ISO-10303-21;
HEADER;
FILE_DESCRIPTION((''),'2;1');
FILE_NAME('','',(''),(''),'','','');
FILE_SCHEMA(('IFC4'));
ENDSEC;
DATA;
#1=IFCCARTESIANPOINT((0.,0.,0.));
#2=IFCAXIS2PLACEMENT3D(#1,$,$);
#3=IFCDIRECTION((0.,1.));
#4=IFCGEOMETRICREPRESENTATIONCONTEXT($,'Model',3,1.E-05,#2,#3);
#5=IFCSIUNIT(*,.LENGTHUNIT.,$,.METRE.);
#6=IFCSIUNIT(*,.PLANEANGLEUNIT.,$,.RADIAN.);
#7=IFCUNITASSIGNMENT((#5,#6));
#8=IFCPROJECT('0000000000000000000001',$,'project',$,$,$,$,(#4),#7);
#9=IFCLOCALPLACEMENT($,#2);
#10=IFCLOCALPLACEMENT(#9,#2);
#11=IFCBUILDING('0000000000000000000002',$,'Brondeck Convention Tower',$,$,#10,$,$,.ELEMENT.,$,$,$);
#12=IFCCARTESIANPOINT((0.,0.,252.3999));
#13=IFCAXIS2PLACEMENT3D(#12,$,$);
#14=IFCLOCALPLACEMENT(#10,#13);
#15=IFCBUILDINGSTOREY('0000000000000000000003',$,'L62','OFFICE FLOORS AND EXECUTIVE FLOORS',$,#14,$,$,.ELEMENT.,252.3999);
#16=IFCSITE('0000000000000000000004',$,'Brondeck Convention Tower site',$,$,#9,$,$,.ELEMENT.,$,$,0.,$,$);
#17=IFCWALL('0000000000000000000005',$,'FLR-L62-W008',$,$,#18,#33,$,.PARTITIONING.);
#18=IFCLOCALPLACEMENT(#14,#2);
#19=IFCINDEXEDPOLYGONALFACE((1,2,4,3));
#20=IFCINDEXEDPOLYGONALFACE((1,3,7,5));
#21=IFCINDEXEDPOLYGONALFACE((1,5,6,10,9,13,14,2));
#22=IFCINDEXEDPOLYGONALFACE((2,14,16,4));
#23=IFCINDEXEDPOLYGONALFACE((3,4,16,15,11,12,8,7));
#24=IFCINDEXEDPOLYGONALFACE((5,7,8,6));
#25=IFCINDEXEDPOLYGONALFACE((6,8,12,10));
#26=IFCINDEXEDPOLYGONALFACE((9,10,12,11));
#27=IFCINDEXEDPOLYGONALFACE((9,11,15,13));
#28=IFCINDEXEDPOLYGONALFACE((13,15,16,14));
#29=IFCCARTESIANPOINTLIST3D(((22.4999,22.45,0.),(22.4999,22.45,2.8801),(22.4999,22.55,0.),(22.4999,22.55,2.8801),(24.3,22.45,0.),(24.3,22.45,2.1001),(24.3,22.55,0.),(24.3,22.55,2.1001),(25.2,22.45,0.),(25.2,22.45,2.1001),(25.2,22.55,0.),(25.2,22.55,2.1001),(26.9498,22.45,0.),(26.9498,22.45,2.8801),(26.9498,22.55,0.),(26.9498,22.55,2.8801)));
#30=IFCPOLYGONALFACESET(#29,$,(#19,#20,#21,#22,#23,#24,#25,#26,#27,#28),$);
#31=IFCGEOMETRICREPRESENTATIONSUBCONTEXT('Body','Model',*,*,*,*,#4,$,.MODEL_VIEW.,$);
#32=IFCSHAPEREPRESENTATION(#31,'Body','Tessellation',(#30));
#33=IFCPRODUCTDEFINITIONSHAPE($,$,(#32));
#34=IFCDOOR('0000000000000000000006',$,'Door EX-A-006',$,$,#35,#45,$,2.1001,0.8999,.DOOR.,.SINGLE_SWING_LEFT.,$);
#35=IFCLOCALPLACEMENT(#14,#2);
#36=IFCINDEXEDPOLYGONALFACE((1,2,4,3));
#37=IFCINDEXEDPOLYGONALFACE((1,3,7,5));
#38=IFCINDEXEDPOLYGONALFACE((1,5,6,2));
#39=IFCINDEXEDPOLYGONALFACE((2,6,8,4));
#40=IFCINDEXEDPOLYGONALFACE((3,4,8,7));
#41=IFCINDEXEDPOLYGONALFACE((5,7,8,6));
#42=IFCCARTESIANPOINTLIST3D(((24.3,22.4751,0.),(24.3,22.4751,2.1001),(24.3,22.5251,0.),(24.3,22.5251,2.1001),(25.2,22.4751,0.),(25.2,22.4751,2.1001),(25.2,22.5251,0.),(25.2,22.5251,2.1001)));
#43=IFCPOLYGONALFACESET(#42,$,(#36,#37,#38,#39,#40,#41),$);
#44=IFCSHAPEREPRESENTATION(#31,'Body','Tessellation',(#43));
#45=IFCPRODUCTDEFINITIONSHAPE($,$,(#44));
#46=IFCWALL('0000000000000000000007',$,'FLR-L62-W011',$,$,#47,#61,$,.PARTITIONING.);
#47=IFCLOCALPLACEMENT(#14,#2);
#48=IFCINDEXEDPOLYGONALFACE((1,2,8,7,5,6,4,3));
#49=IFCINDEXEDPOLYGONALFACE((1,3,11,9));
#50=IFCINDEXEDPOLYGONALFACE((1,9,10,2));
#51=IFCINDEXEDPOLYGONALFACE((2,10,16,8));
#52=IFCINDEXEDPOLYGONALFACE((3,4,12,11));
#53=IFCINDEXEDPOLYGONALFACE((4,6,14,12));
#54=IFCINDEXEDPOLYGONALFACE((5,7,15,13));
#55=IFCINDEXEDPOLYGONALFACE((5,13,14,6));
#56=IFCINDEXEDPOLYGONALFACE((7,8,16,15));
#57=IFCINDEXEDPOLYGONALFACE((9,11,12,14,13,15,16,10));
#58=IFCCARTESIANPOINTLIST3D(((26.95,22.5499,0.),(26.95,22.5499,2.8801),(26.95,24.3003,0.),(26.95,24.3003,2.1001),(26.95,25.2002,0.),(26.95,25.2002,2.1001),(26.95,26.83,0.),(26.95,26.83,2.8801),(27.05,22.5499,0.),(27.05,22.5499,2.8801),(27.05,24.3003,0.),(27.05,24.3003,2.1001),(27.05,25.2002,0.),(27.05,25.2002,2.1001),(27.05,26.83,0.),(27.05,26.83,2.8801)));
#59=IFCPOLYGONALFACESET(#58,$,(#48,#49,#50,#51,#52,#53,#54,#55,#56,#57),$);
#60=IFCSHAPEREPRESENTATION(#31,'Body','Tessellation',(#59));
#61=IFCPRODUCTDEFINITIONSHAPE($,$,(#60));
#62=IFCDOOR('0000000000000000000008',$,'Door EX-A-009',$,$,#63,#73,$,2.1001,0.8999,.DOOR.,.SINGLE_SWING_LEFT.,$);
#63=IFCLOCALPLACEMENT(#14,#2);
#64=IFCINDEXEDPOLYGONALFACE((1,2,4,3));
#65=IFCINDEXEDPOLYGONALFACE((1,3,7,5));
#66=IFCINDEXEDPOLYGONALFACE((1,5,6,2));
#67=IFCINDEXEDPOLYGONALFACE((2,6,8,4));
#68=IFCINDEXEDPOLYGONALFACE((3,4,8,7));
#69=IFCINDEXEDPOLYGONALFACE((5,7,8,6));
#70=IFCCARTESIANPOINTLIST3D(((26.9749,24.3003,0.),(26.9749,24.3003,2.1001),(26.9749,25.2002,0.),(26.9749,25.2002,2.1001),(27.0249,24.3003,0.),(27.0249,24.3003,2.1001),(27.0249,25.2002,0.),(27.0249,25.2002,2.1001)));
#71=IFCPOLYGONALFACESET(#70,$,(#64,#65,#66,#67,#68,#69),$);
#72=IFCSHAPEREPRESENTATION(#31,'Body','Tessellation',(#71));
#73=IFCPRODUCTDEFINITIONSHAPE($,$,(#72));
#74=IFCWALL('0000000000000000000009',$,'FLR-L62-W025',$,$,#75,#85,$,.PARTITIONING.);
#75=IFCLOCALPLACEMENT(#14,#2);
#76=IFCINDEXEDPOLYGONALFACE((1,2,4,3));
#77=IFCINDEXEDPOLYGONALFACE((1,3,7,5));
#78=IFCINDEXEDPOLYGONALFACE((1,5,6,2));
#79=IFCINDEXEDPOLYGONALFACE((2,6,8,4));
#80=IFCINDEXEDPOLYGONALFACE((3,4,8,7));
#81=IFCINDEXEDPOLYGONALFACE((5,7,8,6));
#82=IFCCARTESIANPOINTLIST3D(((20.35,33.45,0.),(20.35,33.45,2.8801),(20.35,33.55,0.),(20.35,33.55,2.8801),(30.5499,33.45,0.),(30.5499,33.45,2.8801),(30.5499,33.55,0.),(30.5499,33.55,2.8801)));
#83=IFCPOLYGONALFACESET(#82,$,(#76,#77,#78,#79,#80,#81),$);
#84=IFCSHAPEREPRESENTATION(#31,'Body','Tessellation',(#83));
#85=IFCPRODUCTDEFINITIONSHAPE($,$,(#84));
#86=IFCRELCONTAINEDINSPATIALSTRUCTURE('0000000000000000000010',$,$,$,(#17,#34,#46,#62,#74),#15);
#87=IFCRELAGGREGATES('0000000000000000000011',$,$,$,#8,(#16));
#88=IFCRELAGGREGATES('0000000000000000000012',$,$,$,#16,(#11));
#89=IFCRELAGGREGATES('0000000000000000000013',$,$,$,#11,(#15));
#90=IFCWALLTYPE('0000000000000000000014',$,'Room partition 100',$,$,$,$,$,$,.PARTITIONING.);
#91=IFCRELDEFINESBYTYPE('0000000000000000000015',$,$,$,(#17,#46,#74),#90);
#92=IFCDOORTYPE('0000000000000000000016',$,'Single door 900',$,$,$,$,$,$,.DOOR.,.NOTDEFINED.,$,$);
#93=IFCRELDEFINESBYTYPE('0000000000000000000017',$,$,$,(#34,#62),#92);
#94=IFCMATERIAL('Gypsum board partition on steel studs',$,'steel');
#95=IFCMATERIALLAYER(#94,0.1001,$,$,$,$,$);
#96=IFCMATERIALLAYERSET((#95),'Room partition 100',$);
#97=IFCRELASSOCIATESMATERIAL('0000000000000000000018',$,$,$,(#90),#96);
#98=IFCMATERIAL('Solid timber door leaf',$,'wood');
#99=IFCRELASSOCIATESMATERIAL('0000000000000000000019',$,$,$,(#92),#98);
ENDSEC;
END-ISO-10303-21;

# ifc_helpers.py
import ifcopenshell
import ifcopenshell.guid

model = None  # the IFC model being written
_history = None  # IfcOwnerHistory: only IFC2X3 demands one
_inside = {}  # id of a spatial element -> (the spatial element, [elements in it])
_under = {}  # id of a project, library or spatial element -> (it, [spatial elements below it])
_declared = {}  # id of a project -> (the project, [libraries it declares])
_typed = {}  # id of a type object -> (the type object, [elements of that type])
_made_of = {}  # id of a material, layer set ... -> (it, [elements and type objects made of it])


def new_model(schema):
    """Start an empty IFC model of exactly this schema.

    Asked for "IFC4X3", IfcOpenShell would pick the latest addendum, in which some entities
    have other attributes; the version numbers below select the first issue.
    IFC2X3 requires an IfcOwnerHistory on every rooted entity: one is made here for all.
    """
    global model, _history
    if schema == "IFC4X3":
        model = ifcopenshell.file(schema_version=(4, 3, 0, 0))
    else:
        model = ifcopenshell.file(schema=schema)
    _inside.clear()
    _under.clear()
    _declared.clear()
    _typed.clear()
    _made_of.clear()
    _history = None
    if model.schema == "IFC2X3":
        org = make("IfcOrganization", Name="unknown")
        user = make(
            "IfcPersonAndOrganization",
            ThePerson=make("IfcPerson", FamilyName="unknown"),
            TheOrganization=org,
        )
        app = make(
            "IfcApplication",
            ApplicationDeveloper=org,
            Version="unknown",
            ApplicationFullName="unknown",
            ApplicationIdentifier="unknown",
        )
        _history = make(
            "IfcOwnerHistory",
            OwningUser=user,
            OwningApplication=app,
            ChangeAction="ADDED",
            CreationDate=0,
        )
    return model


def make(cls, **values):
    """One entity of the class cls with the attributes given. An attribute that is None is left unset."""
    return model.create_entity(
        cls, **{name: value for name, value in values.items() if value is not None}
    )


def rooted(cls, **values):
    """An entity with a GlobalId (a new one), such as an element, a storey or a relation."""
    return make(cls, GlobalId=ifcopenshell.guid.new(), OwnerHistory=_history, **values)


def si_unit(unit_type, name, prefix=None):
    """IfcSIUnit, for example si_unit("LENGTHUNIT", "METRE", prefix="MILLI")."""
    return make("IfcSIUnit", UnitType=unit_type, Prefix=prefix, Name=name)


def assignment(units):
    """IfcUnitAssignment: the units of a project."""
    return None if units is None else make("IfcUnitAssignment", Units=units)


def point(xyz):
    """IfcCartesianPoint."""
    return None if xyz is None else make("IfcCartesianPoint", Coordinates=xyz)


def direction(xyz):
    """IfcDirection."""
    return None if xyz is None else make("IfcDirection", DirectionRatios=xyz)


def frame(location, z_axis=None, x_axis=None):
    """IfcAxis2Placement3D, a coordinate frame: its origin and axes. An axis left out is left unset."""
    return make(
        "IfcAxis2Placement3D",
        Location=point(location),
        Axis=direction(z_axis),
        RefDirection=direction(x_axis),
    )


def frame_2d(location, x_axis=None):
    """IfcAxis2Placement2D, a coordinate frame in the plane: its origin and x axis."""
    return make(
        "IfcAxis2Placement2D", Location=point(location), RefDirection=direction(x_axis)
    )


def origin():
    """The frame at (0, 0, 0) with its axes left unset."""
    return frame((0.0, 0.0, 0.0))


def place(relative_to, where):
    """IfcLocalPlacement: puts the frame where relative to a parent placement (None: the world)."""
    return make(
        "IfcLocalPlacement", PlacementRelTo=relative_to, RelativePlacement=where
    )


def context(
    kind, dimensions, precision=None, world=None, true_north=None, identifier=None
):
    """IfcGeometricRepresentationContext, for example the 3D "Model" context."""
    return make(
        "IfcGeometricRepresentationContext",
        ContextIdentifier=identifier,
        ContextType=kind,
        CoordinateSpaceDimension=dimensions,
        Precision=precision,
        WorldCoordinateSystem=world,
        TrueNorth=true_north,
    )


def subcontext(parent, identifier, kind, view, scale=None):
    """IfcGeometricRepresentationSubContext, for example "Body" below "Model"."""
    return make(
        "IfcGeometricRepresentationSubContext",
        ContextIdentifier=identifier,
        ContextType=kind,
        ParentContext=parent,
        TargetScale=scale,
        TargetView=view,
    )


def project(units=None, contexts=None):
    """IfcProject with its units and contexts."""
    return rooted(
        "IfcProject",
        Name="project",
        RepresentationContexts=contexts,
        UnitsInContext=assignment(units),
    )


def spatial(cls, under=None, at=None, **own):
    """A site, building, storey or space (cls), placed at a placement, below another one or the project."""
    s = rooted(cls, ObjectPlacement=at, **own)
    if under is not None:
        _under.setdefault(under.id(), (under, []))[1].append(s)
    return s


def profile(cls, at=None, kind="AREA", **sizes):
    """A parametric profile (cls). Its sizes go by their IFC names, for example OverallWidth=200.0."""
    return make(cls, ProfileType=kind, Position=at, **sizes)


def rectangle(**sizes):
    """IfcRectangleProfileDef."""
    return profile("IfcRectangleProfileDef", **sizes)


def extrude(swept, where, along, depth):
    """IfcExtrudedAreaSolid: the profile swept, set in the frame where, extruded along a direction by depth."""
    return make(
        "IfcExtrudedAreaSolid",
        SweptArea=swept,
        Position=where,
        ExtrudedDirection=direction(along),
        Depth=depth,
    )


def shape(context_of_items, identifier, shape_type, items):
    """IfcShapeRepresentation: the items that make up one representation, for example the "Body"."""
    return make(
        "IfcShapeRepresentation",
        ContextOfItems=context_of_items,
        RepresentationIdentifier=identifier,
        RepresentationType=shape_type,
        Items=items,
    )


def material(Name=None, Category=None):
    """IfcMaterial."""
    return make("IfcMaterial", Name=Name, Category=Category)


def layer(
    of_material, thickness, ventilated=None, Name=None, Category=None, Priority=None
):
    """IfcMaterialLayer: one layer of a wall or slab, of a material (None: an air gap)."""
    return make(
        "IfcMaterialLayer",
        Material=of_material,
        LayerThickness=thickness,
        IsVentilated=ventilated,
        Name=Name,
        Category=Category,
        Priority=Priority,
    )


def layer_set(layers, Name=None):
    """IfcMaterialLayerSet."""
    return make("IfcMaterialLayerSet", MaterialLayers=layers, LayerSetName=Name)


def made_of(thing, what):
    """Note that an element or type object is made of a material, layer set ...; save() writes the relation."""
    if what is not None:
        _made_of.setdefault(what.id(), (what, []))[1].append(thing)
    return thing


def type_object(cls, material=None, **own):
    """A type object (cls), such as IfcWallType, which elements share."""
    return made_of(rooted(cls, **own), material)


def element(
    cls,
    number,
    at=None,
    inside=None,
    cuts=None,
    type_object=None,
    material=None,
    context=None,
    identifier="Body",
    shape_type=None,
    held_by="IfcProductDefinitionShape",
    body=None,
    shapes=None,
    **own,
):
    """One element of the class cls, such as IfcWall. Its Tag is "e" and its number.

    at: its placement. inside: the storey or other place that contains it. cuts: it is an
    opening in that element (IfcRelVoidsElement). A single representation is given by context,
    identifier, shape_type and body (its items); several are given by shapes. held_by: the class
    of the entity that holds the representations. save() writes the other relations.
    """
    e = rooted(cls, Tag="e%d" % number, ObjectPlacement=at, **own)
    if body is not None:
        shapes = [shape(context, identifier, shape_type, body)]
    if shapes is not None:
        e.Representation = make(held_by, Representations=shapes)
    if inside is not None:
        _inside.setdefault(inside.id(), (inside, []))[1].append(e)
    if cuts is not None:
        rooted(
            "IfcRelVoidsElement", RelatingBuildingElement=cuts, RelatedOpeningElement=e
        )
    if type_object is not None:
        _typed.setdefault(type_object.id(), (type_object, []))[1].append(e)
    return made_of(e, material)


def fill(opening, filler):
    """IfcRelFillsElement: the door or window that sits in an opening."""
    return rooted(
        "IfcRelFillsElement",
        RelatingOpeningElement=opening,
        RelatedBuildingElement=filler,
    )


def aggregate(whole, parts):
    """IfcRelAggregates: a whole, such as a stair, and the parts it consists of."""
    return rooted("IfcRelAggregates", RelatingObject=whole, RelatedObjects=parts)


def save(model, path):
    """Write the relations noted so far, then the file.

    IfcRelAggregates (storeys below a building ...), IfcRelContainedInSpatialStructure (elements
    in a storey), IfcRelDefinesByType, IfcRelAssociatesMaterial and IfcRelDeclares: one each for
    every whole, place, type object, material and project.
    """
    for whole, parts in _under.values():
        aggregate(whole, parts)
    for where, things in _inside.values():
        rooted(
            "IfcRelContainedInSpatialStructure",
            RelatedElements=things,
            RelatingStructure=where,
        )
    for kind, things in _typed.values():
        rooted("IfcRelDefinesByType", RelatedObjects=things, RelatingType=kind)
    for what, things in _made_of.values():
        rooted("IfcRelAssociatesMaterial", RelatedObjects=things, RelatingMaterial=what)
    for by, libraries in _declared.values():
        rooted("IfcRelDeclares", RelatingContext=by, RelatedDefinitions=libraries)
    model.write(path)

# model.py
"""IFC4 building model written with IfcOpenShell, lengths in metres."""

from ifc_helpers import new_model, si_unit, direction, frame, frame_2d, origin, place, context, subcontext, project, spatial, rectangle, extrude, material, layer, layer_set, type_object, element, fill, save


model = new_model("IFC4")

# Units and contexts
model_context = context("Model", 3, precision=1e-05, world=origin(), true_north=direction((0.0, 1.0)))
body_context = subcontext(model_context, "Body", "Model", "MODEL_VIEW")
ifc_project = project(units=[si_unit("LENGTHUNIT", "METRE"), si_unit("PLANEANGLEUNIT", "RADIAN")], contexts=[model_context])

# Site, building, storey
site_placement = place(None, origin())
site = spatial("IfcSite", under=ifc_project, at=site_placement, Name="Brondeck Convention Tower site", CompositionType="ELEMENT", RefElevation=0.0)
building_placement = place(site_placement, origin())
building = spatial("IfcBuilding", under=site, at=building_placement, Name="Brondeck Convention Tower", CompositionType="ELEMENT")
storey_placement = place(building_placement, frame((0.0, 0.0, 252.3999)))
storey = spatial("IfcBuildingStorey", under=building, at=storey_placement, Name="L62", Description="OFFICE FLOORS AND EXECUTIVE FLOORS", CompositionType="ELEMENT", Elevation=252.3999)

# Shared definitions
ifc_material_1 = material(Name="Gypsum board partition on steel studs", Category="steel")
ifc_layer_1 = layer(ifc_material_1, 0.1001)
ifc_layer_set_1 = layer_set([ifc_layer_1], Name="Room partition 100")
wall_type_1 = type_object("IfcWallType", Name="Room partition 100", PredefinedType="PARTITIONING", material=ifc_layer_set_1)

# Walls, openings, doors
wall_1_placement = place(storey_placement, frame((26.95, 22.5, 0.0), z_axis=(0.0, 0.0, 1.0), x_axis=(-1.0, 0.0, 0.0)))
wall_1 = element("IfcWall", 1, at=wall_1_placement, inside=storey, type_object=wall_type_1, Name="FLR-L62-W008", PredefinedType="PARTITIONING", context=body_context, shape_type="SweptSolid", body=[
    extrude(rectangle(XDim=4.45, YDim=0.1001, at=frame_2d((2.2251, 0.0))), origin(), (0.0, 0.0, 1.0), 2.8801),
])
opening_1_placement = place(wall_1_placement, frame((1.75, 0.0, 0.0)))
opening_1 = element("IfcOpeningElement", 2, at=opening_1_placement, cuts=wall_1, PredefinedType="OPENING", context=body_context, shape_type="SweptSolid", body=[
    extrude(rectangle(XDim=0.8999, YDim=2.1001, at=frame_2d((0.45, 1.05))), frame((0.0, 0.0601, 0.0), z_axis=(0.0, -1.0, 0.0), x_axis=(1.0, 0.0, 0.0)), (0.0, 0.0, 1.0), 0.1201),
])
ifc_material_2 = material(Name="Solid timber door leaf", Category="wood")
door_type = type_object("IfcDoorType", Name="Single door 900", OperationType="NOTDEFINED", PredefinedType="DOOR", material=ifc_material_2)
door_1_placement = place(opening_1_placement, origin())
door_1 = element("IfcDoor", 3, at=door_1_placement, inside=storey, type_object=door_type, Name="Door EX-A-006", OperationType="SINGLE_SWING_LEFT", OverallHeight=2.1001, OverallWidth=0.8999, PredefinedType="DOOR", context=body_context, shape_type="SweptSolid", body=[
    extrude(rectangle(XDim=0.8999, YDim=2.1001, at=frame_2d((0.45, 1.05))), frame((0.0, 0.0249, 0.0), z_axis=(0.0, -1.0, 0.0), x_axis=(1.0, 0.0, 0.0)), (0.0, 0.0, 1.0), 0.05),
])
fill(opening_1, door_1)
wall_2_placement = place(storey_placement, frame((27.0, 26.8301, 0.0), z_axis=(0.0, 0.0, 1.0), x_axis=(0.0, -1.0, 0.0)))
wall_2 = element("IfcWall", 4, at=wall_2_placement, inside=storey, type_object=wall_type_1, Name="FLR-L62-W011", PredefinedType="PARTITIONING", context=body_context, shape_type="SweptSolid", body=[
    extrude(rectangle(XDim=4.28, YDim=0.1001, at=frame_2d((2.1401, 0.0))), origin(), (0.0, 0.0, 1.0), 2.8801),
])
opening_2_placement = place(wall_2_placement, frame((1.6299, 0.0, 0.0)))
opening_2 = element("IfcOpeningElement", 5, at=opening_2_placement, cuts=wall_2, PredefinedType="OPENING", context=body_context, shape_type="SweptSolid", body=[
    extrude(rectangle(XDim=0.8999, YDim=2.1001, at=frame_2d((0.45, 1.05))), frame((0.0, 0.0601, 0.0), z_axis=(0.0, -1.0, 0.0), x_axis=(1.0, 0.0, 0.0)), (0.0, 0.0, 1.0), 0.1201),
])
door_2_placement = place(opening_2_placement, origin())
door_2 = element("IfcDoor", 6, at=door_2_placement, inside=storey, type_object=door_type, Name="Door EX-A-009", OperationType="SINGLE_SWING_LEFT", OverallHeight=2.1001, OverallWidth=0.8999, PredefinedType="DOOR", context=body_context, shape_type="SweptSolid", body=[
    extrude(rectangle(XDim=0.8999, YDim=2.1001, at=frame_2d((0.45, 1.05))), frame((0.0, 0.0249, 0.0), z_axis=(0.0, -1.0, 0.0), x_axis=(1.0, 0.0, 0.0)), (0.0, 0.0, 1.0), 0.05),
])
fill(opening_2, door_2)

# Wall
wall_3_placement = place(storey_placement, frame((30.55, 33.5, 0.0), z_axis=(0.0, 0.0, 1.0), x_axis=(-1.0, 0.0, 0.0)))
element("IfcWall", 7, at=wall_3_placement, inside=storey, type_object=wall_type_1, Name="FLR-L62-W025", PredefinedType="PARTITIONING", context=body_context, shape_type="SweptSolid", body=[
    extrude(rectangle(XDim=10.2, YDim=0.1001, at=frame_2d((5.1001, 0.0))), origin(), (0.0, 0.0, 1.0), 2.8801),
])

save(model, "model.ifc")
